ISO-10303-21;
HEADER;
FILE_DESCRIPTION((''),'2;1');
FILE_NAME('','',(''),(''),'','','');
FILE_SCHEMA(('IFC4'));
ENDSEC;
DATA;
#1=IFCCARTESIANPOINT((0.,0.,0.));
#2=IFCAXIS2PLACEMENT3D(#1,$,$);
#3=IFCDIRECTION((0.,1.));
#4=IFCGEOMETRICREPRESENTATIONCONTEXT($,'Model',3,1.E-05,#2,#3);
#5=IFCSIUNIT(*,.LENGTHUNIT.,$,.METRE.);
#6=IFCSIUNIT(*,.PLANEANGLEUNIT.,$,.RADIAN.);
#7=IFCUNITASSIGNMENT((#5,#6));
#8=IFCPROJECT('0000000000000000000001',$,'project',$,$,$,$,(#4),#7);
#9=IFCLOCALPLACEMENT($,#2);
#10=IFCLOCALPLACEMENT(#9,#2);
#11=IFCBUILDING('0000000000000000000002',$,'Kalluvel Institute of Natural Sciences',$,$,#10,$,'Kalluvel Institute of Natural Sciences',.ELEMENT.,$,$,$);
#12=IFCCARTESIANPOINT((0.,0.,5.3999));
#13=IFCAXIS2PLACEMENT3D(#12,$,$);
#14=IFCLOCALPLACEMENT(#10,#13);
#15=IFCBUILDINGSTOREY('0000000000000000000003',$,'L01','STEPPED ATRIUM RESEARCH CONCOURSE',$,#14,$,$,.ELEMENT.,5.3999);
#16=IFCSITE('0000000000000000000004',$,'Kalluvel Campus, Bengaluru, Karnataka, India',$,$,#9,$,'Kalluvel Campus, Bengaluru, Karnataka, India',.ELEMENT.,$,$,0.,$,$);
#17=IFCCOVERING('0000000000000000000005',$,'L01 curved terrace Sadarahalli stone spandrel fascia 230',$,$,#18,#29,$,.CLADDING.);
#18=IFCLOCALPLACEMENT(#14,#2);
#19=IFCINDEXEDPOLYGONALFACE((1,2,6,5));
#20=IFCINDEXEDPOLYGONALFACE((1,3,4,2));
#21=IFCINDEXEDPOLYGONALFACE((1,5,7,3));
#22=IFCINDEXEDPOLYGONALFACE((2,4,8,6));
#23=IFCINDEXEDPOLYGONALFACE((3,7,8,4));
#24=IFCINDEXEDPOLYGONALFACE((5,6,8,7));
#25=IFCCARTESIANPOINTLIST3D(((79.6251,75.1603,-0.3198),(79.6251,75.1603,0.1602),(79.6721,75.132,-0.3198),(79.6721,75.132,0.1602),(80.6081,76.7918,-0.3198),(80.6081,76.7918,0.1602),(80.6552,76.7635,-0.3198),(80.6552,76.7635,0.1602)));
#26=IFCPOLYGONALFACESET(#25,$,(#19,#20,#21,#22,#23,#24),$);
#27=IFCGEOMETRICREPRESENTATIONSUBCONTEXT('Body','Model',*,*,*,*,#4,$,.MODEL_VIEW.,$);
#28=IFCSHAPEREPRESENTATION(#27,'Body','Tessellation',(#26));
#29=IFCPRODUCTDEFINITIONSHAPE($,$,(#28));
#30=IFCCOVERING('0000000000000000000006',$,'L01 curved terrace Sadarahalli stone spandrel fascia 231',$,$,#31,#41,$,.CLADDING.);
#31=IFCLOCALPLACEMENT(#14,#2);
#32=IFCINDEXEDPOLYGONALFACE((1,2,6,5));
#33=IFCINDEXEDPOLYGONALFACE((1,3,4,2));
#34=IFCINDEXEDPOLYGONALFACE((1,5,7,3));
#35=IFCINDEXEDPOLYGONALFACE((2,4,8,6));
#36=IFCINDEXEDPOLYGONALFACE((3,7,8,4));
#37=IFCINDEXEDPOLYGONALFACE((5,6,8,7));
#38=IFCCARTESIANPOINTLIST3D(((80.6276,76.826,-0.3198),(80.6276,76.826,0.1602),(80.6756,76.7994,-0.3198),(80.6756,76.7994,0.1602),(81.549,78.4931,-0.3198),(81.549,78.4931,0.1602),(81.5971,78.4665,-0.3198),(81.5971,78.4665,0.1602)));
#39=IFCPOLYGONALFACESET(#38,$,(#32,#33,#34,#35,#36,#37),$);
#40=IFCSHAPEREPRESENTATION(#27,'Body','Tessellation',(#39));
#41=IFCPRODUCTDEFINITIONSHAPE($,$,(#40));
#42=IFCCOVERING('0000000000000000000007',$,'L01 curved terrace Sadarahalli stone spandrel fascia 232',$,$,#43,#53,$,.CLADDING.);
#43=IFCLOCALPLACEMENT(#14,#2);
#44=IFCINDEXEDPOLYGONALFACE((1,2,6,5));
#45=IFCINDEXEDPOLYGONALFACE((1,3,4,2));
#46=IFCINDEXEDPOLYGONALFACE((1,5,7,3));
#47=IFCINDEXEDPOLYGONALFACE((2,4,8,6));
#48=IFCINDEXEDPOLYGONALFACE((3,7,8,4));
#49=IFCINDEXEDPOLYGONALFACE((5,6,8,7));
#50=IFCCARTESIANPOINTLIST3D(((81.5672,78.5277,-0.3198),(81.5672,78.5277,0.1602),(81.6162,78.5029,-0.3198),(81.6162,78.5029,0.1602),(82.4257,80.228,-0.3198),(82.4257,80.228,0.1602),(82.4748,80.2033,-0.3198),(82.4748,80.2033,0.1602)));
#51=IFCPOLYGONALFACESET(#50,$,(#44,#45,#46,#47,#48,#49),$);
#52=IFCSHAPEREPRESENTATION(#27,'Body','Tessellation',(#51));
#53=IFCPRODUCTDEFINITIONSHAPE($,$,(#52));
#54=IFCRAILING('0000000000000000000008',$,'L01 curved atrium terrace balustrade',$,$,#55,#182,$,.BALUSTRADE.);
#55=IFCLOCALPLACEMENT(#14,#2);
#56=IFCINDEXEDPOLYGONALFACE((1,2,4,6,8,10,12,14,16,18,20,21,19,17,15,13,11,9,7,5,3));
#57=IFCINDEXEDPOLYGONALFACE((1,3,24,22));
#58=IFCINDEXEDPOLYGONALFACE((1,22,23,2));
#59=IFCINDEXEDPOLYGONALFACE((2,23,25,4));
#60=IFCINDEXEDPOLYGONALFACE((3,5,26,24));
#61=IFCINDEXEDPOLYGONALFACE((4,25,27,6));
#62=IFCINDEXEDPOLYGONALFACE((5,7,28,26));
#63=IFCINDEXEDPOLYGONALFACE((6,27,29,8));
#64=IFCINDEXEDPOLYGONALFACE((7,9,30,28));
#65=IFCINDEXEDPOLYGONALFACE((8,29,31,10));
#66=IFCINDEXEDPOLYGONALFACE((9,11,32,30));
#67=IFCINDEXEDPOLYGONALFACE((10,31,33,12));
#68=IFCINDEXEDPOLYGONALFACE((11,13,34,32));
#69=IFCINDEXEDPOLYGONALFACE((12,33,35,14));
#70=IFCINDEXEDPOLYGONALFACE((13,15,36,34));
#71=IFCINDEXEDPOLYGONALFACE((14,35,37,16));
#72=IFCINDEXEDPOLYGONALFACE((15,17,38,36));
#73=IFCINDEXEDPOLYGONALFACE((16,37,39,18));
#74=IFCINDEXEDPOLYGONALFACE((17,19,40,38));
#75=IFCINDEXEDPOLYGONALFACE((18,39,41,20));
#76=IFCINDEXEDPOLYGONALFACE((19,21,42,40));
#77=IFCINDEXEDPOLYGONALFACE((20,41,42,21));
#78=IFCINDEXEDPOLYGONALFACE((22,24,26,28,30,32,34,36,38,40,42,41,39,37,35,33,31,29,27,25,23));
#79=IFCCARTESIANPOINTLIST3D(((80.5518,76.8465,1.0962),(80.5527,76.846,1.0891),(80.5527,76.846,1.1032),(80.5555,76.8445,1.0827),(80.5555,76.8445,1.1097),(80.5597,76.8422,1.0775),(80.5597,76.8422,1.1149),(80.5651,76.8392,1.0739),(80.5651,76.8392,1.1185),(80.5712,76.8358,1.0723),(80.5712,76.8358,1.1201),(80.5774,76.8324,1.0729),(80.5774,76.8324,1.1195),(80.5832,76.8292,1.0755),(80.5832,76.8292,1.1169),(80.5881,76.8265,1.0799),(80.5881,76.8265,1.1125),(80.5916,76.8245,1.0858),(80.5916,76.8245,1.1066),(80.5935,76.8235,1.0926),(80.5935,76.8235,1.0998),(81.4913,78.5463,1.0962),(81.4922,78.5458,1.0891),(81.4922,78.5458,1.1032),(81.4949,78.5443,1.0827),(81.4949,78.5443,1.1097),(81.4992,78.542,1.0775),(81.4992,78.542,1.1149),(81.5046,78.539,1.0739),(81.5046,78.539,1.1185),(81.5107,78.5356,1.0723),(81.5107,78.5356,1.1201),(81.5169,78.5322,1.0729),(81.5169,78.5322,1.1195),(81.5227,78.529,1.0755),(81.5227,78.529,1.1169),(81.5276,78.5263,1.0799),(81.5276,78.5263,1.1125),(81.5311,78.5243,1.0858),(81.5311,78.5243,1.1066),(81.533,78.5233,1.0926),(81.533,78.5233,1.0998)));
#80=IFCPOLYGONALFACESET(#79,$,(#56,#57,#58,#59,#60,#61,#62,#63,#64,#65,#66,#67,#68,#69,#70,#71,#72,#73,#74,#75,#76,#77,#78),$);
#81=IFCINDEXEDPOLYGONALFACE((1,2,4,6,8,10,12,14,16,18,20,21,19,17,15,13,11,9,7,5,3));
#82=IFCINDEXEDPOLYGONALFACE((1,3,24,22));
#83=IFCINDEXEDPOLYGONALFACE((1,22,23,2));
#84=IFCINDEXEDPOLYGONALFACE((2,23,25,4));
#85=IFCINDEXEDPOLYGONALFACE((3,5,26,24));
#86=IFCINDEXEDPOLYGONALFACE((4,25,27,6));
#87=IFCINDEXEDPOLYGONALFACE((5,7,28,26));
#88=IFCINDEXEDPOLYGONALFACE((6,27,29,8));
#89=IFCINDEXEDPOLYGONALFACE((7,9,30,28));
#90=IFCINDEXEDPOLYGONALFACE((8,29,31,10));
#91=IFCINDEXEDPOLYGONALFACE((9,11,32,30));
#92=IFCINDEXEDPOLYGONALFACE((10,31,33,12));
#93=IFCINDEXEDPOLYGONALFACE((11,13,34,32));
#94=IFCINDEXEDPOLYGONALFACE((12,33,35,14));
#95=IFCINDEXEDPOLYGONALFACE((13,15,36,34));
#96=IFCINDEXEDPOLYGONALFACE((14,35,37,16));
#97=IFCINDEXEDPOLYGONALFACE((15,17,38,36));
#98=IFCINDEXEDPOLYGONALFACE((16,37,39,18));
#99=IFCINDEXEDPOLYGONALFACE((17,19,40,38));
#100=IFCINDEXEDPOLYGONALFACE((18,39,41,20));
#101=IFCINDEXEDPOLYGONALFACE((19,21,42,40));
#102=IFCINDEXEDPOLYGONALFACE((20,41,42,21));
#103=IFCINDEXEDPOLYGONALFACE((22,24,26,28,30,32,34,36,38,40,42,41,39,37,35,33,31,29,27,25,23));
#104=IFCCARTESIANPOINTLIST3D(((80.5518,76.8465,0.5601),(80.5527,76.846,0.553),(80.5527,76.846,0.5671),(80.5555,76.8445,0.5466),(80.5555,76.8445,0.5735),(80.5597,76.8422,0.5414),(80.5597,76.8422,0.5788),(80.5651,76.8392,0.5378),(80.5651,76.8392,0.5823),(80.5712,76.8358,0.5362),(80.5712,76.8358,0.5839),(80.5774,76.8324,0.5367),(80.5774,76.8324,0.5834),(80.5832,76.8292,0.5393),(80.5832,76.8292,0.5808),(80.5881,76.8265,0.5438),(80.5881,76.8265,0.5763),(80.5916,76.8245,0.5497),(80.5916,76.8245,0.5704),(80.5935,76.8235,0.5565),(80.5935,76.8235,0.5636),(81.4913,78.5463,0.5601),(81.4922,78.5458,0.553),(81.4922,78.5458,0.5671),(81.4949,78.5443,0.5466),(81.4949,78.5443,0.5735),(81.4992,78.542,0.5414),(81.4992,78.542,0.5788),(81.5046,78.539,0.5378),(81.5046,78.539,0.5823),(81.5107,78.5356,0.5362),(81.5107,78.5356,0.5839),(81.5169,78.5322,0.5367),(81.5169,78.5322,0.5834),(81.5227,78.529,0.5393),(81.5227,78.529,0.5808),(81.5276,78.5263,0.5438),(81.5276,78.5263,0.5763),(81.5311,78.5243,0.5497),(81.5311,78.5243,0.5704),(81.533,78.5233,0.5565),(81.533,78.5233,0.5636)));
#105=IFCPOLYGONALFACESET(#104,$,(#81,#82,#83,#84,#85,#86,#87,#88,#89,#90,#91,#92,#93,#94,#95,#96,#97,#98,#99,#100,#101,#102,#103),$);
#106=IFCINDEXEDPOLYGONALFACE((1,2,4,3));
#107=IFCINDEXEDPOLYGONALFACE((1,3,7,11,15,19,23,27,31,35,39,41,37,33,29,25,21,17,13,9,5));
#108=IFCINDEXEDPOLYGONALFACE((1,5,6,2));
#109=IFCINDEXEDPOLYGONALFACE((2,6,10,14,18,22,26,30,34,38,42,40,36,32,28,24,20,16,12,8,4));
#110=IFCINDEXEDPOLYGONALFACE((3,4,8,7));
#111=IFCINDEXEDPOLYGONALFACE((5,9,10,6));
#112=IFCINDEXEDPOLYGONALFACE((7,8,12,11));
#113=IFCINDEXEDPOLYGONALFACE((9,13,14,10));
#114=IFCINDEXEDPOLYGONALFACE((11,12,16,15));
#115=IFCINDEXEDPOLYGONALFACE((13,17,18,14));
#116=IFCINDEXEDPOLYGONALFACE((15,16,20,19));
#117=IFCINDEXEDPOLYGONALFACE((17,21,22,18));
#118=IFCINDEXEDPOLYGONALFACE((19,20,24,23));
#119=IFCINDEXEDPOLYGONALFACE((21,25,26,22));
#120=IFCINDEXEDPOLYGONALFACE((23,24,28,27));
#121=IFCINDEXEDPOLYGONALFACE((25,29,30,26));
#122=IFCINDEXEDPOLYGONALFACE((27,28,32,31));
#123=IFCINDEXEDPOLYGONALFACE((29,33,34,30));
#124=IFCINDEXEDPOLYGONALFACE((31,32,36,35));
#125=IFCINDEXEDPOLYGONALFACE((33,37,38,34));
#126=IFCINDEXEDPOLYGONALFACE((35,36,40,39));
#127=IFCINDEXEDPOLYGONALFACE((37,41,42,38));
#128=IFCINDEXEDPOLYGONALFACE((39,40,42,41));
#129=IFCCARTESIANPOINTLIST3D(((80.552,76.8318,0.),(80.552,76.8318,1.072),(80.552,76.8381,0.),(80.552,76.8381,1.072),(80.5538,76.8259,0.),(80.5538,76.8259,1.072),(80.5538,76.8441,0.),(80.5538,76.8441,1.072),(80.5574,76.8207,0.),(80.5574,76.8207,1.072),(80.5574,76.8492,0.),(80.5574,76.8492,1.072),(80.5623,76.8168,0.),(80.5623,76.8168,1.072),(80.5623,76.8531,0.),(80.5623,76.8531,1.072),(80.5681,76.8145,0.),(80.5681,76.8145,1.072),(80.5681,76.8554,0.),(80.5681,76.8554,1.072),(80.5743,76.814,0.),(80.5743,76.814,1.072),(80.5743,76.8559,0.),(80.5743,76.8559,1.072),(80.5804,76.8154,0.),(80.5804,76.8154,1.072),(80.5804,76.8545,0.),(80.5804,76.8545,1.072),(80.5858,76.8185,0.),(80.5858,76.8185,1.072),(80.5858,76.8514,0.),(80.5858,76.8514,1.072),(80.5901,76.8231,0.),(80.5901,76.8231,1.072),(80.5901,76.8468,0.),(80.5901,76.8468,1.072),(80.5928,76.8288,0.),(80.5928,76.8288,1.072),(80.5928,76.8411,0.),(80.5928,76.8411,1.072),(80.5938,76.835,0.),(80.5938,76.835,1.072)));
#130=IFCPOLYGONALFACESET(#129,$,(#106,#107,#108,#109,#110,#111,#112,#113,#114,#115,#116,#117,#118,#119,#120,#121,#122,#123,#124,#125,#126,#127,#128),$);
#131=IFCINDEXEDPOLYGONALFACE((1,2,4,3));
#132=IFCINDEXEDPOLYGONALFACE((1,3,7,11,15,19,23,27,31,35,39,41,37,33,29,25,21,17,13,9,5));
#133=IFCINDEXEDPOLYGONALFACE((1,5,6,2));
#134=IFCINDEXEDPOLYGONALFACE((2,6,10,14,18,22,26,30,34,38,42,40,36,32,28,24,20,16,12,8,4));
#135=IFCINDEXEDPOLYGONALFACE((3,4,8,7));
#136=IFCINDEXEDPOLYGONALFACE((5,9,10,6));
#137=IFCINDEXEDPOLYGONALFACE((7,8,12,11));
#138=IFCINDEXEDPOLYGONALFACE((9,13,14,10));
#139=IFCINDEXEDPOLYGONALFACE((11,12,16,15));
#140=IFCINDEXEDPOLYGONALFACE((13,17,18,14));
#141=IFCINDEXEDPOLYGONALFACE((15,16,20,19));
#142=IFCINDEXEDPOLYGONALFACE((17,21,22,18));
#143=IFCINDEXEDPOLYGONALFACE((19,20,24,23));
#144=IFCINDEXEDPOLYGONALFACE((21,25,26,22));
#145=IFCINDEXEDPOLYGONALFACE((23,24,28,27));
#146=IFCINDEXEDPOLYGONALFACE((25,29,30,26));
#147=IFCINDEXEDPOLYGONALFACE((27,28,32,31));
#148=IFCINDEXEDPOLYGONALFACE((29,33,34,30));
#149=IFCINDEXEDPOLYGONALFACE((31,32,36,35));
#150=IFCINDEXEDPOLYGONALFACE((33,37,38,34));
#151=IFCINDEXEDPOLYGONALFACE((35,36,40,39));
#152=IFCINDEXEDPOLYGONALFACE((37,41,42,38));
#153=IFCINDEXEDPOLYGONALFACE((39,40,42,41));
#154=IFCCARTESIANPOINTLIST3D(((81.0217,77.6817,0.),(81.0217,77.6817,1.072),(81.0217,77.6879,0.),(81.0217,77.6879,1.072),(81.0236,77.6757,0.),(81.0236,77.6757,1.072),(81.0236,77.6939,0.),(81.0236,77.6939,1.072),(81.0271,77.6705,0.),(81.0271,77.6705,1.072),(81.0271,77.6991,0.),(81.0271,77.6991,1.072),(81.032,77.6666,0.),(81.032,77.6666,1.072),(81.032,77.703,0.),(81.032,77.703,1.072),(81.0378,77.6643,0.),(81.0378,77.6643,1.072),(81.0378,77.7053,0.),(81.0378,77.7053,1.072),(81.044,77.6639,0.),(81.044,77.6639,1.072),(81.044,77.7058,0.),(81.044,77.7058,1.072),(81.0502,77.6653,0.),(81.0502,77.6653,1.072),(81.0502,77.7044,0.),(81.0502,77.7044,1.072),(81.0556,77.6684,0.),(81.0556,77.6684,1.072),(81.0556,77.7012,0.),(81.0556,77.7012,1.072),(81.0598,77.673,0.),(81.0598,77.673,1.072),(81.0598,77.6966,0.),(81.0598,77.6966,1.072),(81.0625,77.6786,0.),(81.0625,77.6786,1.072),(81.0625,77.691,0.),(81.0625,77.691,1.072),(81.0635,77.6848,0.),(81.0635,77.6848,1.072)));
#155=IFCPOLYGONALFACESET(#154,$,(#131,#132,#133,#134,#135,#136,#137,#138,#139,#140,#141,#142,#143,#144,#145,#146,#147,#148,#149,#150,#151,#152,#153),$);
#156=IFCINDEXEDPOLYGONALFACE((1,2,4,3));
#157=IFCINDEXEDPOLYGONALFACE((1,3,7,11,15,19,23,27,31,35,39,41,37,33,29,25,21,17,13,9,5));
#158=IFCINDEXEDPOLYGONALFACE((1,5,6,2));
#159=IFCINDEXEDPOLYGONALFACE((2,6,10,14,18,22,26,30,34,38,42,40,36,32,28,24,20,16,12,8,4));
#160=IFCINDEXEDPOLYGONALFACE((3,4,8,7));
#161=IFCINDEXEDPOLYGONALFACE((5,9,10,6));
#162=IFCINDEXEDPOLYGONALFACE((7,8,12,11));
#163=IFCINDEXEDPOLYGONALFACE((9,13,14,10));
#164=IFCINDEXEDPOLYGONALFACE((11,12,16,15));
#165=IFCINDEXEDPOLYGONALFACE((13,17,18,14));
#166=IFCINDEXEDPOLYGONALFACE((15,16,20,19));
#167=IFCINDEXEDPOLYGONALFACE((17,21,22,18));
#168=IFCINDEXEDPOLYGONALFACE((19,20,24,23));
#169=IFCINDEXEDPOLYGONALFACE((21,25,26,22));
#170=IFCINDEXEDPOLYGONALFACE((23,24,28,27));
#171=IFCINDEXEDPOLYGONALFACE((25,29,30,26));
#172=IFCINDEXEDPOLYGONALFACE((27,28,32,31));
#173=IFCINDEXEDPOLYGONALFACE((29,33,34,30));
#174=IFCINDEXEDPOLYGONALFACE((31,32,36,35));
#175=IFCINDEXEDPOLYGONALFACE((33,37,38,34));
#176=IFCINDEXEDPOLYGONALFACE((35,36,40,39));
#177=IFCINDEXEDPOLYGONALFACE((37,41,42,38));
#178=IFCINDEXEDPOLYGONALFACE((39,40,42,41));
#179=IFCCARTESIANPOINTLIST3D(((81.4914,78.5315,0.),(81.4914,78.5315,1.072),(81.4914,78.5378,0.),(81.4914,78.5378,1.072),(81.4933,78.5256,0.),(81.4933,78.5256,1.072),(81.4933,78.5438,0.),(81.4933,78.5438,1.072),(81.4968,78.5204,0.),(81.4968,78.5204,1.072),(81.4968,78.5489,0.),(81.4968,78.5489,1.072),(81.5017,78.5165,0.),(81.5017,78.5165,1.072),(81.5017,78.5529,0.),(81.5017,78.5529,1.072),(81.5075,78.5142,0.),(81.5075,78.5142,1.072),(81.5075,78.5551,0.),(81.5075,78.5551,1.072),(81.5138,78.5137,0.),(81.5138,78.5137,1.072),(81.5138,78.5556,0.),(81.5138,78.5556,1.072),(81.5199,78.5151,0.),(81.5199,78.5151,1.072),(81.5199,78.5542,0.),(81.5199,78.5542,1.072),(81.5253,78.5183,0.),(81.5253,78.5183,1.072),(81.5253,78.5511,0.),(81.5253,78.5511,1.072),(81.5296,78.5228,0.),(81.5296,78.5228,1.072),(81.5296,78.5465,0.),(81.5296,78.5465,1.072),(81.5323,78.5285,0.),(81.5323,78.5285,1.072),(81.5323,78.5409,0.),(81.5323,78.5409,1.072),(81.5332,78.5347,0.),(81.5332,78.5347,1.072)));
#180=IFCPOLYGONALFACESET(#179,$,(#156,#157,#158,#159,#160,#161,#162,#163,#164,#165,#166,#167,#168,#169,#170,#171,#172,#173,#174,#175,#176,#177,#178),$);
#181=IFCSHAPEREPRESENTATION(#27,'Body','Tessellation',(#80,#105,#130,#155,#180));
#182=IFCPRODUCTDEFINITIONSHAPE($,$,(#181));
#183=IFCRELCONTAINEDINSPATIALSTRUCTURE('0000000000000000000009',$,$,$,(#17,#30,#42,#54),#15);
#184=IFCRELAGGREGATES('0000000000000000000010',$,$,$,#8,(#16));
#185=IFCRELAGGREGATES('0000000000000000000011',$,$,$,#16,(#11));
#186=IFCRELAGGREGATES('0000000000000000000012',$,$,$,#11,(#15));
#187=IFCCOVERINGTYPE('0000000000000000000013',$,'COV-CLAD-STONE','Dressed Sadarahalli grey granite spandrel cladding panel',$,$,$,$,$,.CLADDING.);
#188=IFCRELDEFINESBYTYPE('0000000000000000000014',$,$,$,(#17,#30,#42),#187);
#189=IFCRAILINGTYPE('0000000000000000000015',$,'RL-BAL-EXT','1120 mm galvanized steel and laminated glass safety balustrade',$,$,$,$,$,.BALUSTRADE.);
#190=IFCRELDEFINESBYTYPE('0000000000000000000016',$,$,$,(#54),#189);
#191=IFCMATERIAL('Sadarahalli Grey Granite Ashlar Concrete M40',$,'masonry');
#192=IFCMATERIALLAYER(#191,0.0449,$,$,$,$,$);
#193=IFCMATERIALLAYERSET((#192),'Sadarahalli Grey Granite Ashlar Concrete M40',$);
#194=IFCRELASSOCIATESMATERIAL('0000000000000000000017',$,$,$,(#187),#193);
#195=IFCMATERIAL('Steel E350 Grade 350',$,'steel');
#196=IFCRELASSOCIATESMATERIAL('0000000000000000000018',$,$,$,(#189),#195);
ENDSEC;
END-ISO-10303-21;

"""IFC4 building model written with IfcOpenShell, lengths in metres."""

from ifc_helpers import new_model, si_unit, direction, frame, origin, origin_2d, place, context, subcontext, project, spatial, rectangle, circle, extrude, material, layer, layer_set, type_object, element, save


model = new_model("IFC4")

# Units and contexts
model_context = context("Model", 3, precision=1e-05, world=origin(), true_north=direction((0.0, 1.0)))
body_context = subcontext(model_context, "Body", "Model", "MODEL_VIEW")
ifc_project = project(units=[si_unit("LENGTHUNIT", "METRE"), si_unit("PLANEANGLEUNIT", "RADIAN")], contexts=[model_context])

# Site, building, storey
site_placement = place(None, origin())
site = spatial("IfcSite", under=ifc_project, at=site_placement, Name="Kalluvel Campus, Bengaluru, Karnataka, India", LongName="Kalluvel Campus, Bengaluru, Karnataka, India", CompositionType="ELEMENT", RefElevation=0.0)
building_placement = place(site_placement, origin())
building = spatial("IfcBuilding", under=site, at=building_placement, Name="Kalluvel Institute of Natural Sciences", LongName="Kalluvel Institute of Natural Sciences", CompositionType="ELEMENT")
storey_placement = place(building_placement, frame((0.0, 0.0, 5.3999)))
storey = spatial("IfcBuildingStorey", under=building, at=storey_placement, Name="L01", Description="STEPPED ATRIUM RESEARCH CONCOURSE", CompositionType="ELEMENT", Elevation=5.3999)

# Shared definitions
ifc_material_1 = material(Name="Steel E350 Grade 350", Category="steel")

# Shared definitions
ifc_material_2 = material(Name="Sadarahalli Grey Granite Ashlar Concrete M40", Category="masonry")

# Coverings
ifc_layer_1 = layer(ifc_material_2, 0.0449)
ifc_layer_set_1 = layer_set([ifc_layer_1], Name="Sadarahalli Grey Granite Ashlar Concrete M40")
covering_type = type_object("IfcCoveringType", Name="COV-CLAD-STONE", Description="Dressed Sadarahalli grey granite spandrel cladding panel", PredefinedType="CLADDING", material=ifc_layer_set_1)
for number, where, z_axis, x_axis, name in (
    (1, (80.1401, 75.9619, -0.3198), (0.0, 0.0, 1.0), (0.516085, 0.856537, 0.0), "L01 curved terrace Sadarahalli stone spandrel fascia 230"),
    (2, (81.1123, 77.6462, -0.3198), (0.0, 0.0, 1.0), (0.483741, 0.875211, 0.0), "L01 curved terrace Sadarahalli stone spandrel fascia 231"),
    (3, (82.021, 79.3655, -0.3198), (0.0, 0.0, 1.0), (0.450722, 0.892664, 0.0), "L01 curved terrace Sadarahalli stone spandrel fascia 232"),
):
    element("IfcCovering", number, at=place(storey_placement, frame(where, z_axis=z_axis, x_axis=x_axis)), inside=storey, type_object=covering_type, Name=name, PredefinedType="CLADDING", context=body_context, shape_type="SweptSolid", body=[
        extrude(rectangle(XDim=1.9048, YDim=0.0549, at=origin_2d()), origin(), (0.0, 0.0, 1.0), 0.48),
    ])

# Railing
railing_type = type_object("IfcRailingType", Name="RL-BAL-EXT", Description="1120 mm galvanized steel and laminated glass safety balustrade", PredefinedType="BALUSTRADE", material=ifc_material_1)
railing_1_placement = place(storey_placement, frame((80.5728, 76.835, 0.0)))
element("IfcRailing", 4, at=railing_1_placement, inside=storey, type_object=railing_type, Name="L01 curved atrium terrace balustrade", PredefinedType="BALUSTRADE", context=body_context, shape_type="SweptSolid", body=[
    extrude(circle(Radius=0.0239, at=origin_2d()), frame((0.0, 0.0, 1.0962), z_axis=(0.483742, 0.875211, 0.0), x_axis=(-0.875211, 0.483742, 0.0)), (0.0, 0.0, 1.0), 1.9421),
    extrude(circle(Radius=0.0239, at=origin_2d()), frame((0.0, 0.0, 0.5601), z_axis=(0.483742, 0.875211, 0.0), x_axis=(-0.875211, 0.483742, 0.0)), (0.0, 0.0, 1.0), 1.9421),
    extrude(circle(Radius=0.021, at=origin_2d()), origin(), (0.0, 0.0, 1.0), 1.072),
    extrude(circle(Radius=0.021, at=origin_2d()), frame((0.4697, 0.8499, 0.0)), (0.0, 0.0, 1.0), 1.072),
    extrude(circle(Radius=0.021, at=origin_2d()), frame((0.9395, 1.6997, 0.0)), (0.0, 0.0, 1.0), 1.072),
])

save(model, "model.ifc")
